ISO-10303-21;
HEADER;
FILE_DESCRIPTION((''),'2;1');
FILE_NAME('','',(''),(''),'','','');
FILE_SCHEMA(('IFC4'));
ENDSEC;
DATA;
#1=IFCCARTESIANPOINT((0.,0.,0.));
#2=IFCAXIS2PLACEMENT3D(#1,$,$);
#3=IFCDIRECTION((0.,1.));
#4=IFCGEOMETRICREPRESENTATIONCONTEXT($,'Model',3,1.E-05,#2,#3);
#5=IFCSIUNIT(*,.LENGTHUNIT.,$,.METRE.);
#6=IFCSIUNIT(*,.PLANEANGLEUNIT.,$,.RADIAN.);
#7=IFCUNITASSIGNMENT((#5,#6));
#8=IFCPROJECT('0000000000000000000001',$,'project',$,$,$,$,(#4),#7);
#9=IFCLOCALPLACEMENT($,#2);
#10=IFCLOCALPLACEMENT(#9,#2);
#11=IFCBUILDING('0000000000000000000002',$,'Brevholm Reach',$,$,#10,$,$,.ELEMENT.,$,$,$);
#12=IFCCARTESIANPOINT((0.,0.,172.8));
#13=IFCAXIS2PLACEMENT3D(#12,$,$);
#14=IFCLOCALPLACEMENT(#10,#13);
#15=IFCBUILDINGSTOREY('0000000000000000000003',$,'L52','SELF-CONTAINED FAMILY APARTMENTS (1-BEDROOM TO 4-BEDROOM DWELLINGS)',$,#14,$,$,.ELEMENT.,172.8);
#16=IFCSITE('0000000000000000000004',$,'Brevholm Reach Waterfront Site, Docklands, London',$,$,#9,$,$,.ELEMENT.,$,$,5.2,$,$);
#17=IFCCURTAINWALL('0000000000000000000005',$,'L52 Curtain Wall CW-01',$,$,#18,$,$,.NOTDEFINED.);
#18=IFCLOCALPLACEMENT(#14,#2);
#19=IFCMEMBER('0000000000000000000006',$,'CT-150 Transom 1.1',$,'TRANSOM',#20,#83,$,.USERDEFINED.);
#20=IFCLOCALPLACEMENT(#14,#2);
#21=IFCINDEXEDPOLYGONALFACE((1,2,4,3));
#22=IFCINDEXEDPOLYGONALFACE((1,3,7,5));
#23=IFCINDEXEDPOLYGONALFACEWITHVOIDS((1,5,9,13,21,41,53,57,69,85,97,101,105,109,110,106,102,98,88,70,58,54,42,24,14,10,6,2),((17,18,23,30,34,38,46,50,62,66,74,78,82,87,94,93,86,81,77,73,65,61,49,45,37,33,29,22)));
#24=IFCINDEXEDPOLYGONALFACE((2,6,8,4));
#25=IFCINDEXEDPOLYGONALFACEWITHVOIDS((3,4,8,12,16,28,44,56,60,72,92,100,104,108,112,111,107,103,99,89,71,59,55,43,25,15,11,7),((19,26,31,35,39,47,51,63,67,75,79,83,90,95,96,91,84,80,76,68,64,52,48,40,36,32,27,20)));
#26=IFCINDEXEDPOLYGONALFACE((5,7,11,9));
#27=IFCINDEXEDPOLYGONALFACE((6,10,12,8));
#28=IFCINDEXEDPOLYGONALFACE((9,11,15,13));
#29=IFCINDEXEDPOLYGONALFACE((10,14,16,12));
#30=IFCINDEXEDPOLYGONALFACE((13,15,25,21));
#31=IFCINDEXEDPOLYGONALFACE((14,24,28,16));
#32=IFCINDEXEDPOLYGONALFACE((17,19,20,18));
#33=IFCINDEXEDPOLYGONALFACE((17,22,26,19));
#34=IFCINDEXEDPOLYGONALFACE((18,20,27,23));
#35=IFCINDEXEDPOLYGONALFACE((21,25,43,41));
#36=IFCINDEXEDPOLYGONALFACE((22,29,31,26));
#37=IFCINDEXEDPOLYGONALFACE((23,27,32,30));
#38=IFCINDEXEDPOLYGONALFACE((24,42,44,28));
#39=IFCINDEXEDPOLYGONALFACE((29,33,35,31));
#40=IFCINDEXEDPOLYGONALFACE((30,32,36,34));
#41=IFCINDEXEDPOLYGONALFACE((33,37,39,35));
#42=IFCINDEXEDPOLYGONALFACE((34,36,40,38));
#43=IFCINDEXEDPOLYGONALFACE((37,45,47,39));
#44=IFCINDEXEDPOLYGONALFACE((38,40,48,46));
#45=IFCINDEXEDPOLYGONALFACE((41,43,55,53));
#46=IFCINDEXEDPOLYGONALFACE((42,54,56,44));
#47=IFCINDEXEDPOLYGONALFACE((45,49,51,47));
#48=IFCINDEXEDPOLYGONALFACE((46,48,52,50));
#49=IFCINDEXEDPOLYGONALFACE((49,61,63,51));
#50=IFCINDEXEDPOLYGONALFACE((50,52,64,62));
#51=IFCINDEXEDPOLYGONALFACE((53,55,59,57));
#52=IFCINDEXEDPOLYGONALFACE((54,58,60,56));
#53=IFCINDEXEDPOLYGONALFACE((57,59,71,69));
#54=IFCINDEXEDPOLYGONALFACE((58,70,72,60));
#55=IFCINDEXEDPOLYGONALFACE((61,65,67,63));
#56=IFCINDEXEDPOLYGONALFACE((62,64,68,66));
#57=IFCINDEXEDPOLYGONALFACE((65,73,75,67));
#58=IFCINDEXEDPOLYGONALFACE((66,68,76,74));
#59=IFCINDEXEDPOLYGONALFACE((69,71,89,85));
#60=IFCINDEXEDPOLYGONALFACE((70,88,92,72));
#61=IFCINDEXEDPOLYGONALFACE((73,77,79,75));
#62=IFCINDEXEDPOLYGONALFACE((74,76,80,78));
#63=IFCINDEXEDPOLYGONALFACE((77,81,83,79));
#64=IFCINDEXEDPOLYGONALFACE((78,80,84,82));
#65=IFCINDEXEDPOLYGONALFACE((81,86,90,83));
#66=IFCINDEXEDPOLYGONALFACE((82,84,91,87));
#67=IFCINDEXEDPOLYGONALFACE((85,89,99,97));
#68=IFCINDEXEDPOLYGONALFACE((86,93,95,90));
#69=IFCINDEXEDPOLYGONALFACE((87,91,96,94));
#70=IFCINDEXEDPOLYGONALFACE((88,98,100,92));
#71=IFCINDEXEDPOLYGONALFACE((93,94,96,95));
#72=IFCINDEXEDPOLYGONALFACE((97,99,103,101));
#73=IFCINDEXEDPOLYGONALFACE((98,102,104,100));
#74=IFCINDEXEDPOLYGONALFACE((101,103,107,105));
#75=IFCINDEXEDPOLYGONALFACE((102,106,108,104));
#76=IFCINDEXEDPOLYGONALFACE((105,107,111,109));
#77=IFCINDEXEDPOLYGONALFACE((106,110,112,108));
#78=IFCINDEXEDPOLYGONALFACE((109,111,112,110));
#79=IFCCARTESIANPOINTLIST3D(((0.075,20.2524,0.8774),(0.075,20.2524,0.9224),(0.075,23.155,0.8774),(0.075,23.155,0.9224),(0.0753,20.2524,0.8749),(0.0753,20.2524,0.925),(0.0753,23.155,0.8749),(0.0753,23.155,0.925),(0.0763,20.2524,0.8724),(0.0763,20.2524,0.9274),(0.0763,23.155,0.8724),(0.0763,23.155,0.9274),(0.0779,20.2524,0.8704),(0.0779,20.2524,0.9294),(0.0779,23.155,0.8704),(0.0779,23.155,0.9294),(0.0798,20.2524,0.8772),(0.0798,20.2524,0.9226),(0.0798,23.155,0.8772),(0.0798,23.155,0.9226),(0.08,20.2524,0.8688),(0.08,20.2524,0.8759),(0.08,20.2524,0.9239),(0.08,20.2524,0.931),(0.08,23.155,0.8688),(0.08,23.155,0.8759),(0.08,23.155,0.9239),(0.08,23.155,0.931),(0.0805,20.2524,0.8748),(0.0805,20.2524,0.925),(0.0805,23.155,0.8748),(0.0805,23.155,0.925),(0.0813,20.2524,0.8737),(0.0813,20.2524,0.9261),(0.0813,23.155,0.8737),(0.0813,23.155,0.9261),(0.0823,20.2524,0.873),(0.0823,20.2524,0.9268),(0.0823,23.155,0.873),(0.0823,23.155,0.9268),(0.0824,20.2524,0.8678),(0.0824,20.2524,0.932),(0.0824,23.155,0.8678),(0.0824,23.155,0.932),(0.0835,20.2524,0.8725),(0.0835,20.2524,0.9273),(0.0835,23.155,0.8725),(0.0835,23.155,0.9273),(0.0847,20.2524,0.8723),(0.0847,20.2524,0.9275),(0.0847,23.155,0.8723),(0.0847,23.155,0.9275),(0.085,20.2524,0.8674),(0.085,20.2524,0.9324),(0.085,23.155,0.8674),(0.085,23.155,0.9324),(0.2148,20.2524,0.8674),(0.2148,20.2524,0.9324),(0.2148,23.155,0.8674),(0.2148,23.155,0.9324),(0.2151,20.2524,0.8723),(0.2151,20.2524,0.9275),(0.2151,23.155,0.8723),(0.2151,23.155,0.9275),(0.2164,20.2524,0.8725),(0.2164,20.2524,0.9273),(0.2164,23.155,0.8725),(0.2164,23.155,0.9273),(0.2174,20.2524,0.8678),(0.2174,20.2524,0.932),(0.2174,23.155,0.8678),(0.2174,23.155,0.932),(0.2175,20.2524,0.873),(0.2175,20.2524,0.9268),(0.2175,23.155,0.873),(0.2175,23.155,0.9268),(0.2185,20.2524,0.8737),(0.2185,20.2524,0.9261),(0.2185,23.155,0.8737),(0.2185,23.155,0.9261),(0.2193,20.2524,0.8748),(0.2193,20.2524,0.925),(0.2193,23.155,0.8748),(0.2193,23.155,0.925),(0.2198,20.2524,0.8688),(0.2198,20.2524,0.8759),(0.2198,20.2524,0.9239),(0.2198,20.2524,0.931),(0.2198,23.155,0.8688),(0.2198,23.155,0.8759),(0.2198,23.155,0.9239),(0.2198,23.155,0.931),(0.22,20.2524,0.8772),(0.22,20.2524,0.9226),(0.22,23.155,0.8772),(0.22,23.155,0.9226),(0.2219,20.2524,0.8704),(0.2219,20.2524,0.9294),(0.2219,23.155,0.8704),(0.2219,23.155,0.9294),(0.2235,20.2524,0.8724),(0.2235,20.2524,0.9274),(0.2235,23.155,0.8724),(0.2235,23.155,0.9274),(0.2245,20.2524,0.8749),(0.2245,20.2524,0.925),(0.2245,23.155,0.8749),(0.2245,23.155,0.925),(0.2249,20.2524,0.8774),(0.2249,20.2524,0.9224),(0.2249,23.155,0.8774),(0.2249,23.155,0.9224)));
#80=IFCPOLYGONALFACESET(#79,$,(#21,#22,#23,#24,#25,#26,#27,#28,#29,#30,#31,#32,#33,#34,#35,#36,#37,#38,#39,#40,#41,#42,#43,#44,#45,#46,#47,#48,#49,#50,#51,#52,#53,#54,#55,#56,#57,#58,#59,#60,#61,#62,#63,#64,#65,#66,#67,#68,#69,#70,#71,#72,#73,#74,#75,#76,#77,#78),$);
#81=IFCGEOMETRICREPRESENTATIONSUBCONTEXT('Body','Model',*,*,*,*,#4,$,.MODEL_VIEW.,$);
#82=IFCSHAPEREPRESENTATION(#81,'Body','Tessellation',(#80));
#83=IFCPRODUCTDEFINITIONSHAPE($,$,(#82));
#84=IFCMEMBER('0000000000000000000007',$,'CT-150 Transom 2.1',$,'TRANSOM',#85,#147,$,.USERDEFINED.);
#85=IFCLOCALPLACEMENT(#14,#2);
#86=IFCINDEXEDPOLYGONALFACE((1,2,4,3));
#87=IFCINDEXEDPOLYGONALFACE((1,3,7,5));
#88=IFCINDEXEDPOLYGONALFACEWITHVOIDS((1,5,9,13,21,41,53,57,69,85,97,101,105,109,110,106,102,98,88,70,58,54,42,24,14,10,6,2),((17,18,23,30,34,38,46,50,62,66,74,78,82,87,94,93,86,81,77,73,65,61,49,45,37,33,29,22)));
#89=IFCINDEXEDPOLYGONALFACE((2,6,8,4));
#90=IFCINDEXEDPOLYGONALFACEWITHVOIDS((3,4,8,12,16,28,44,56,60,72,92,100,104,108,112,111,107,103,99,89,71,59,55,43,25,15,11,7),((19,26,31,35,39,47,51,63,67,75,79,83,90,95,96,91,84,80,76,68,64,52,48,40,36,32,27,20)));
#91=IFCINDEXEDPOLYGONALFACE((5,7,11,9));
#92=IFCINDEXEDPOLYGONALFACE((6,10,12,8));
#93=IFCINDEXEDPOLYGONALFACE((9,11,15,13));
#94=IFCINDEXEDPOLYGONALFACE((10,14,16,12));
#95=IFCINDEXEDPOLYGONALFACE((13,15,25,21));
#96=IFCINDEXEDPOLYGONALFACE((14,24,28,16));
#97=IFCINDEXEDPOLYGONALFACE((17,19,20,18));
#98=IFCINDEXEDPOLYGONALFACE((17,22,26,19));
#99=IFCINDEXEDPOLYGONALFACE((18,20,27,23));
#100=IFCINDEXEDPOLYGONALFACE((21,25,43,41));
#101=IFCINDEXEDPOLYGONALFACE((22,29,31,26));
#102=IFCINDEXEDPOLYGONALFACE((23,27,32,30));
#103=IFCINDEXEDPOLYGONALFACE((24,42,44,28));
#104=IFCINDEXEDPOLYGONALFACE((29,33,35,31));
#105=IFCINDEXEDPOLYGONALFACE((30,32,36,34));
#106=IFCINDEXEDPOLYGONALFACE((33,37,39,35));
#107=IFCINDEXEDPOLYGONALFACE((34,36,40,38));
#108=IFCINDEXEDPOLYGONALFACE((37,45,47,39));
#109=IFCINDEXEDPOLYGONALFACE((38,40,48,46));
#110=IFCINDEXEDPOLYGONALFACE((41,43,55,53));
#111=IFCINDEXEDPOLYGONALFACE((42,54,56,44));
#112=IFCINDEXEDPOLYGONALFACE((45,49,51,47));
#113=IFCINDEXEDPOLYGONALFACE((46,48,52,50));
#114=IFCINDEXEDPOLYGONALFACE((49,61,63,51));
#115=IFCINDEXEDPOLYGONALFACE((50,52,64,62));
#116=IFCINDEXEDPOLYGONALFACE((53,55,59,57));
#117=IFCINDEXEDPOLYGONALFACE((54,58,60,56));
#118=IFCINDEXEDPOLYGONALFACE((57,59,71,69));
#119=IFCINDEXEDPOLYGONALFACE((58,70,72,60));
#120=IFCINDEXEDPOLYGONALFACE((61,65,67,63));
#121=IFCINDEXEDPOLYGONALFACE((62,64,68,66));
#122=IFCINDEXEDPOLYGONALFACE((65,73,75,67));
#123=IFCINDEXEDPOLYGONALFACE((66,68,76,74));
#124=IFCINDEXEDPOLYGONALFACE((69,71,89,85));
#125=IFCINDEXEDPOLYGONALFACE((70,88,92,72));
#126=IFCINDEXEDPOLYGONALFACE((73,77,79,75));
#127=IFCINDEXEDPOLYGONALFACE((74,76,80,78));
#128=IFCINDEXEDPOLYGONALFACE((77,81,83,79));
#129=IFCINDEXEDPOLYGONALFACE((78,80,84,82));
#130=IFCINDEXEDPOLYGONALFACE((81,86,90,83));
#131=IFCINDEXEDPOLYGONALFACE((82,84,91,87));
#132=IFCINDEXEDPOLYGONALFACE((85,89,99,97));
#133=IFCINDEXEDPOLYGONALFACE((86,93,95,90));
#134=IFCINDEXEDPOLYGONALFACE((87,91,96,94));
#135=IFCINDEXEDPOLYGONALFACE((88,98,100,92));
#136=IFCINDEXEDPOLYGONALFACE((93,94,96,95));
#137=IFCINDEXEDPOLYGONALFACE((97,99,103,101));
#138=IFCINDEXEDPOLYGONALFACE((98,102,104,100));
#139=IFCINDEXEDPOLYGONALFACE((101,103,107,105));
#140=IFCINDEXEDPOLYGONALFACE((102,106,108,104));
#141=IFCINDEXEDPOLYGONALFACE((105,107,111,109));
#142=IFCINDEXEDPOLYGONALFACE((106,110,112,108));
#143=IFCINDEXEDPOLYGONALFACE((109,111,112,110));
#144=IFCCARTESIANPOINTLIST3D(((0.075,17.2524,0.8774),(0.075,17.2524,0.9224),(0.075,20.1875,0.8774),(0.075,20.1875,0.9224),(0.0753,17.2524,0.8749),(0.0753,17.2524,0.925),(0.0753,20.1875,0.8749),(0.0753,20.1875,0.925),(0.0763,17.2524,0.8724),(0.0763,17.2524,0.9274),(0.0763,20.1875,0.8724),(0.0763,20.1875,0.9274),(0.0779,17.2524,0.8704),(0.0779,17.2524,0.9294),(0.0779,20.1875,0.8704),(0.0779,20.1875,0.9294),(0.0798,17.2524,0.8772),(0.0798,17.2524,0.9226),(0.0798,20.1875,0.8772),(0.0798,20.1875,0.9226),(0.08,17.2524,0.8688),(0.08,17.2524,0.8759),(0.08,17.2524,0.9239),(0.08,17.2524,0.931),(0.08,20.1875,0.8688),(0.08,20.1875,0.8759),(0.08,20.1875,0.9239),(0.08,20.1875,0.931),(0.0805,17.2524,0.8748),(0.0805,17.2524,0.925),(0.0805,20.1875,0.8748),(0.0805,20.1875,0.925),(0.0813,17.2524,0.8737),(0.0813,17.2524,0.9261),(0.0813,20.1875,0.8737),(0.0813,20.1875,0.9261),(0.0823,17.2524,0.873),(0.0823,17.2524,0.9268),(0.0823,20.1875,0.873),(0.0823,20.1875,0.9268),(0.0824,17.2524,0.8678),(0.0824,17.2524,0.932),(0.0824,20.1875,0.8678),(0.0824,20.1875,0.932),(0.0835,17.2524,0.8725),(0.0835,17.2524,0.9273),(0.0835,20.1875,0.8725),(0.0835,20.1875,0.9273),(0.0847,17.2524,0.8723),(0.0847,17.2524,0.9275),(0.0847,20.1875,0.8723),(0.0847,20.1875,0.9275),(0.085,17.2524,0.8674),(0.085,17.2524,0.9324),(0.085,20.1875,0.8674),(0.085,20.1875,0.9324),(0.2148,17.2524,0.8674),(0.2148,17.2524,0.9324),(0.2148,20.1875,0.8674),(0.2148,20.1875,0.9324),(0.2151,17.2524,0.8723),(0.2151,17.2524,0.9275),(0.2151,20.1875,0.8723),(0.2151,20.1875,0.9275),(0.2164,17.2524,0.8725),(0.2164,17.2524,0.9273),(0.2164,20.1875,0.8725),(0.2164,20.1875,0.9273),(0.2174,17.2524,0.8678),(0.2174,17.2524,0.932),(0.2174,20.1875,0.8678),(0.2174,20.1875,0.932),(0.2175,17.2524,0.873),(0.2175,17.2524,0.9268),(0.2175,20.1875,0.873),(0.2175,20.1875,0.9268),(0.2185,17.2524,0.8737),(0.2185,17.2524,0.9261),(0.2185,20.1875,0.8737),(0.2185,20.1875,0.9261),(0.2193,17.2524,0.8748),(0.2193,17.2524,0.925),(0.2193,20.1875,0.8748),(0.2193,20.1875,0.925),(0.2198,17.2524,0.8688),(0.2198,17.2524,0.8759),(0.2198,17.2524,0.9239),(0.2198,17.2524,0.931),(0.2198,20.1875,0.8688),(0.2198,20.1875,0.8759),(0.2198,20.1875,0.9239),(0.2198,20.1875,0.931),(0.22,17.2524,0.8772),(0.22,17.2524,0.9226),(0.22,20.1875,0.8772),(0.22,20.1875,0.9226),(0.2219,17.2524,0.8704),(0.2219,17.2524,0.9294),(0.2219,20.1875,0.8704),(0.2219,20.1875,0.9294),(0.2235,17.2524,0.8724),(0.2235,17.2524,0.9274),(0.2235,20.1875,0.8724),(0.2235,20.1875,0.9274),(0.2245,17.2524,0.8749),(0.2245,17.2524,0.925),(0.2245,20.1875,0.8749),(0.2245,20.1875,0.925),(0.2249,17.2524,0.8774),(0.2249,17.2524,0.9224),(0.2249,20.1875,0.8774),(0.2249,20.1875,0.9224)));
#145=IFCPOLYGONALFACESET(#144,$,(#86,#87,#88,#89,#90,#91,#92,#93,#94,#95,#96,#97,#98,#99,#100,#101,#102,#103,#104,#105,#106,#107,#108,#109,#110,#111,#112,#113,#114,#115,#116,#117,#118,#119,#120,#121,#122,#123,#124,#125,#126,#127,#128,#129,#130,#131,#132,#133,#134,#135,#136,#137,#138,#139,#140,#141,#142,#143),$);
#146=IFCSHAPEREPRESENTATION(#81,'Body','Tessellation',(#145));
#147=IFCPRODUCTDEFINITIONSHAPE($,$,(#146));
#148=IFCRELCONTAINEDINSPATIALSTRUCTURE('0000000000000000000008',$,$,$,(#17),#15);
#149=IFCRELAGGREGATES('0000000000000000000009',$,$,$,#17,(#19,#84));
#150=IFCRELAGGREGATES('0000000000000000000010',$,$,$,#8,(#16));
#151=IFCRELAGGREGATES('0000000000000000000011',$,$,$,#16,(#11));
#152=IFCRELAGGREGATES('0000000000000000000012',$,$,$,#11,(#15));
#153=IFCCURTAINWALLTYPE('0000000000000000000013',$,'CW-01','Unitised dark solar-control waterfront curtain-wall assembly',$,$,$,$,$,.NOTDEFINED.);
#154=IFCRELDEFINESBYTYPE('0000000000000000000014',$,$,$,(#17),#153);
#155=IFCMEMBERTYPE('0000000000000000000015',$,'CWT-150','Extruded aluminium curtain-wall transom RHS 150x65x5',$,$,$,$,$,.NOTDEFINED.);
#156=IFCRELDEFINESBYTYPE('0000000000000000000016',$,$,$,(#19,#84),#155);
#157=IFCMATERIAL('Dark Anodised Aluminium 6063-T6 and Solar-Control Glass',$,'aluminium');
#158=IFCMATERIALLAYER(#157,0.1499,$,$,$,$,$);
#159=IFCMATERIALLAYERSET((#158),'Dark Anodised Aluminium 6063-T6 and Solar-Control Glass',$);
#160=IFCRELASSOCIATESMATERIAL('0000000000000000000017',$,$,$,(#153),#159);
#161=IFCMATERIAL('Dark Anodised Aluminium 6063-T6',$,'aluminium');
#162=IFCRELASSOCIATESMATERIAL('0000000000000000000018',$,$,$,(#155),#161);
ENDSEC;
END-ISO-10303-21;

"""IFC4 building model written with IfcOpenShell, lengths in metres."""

from ifc_helpers import new_model, si_unit, direction, frame, origin, origin_2d, place, context, subcontext, project, spatial, hollow_rectangle, extrude, material, layer, layer_set, material_profile, profile_set, type_object, element, aggregate, save


model = new_model("IFC4")

# Units and contexts
model_context = context("Model", 3, precision=1e-05, world=origin(), true_north=direction((0.0, 1.0)))
body_context = subcontext(model_context, "Body", "Model", "MODEL_VIEW")
ifc_project = project(units=[si_unit("LENGTHUNIT", "METRE"), si_unit("PLANEANGLEUNIT", "RADIAN")], contexts=[model_context])

# Site, building, storey
site_placement = place(None, origin())
site = spatial("IfcSite", under=ifc_project, at=site_placement, Name="Brevholm Reach Waterfront Site, Docklands, London", CompositionType="ELEMENT", RefElevation=5.2)
building_placement = place(site_placement, origin())
building = spatial("IfcBuilding", under=site, at=building_placement, Name="Brevholm Reach", CompositionType="ELEMENT")
storey_placement = place(building_placement, frame((0.0, 0.0, 172.8)))
storey = spatial("IfcBuildingStorey", under=building, at=storey_placement, Name="L52", Description="SELF-CONTAINED FAMILY APARTMENTS (1-BEDROOM TO 4-BEDROOM DWELLINGS)", CompositionType="ELEMENT", Elevation=172.8)

# Curtain wall
ifc_material_1 = material(Name="Dark Anodised Aluminium 6063-T6 and Solar-Control Glass", Category="aluminium")
ifc_layer_1 = layer(ifc_material_1, 0.1499)
ifc_layer_set_1 = layer_set([ifc_layer_1], Name="Dark Anodised Aluminium 6063-T6 and Solar-Control Glass")
curtain_wall_type = type_object("IfcCurtainWallType", Name="CW-01", Description="Unitised dark solar-control waterfront curtain-wall assembly", PredefinedType="NOTDEFINED", material=ifc_layer_set_1)
curtain_wall_1_placement = place(storey_placement, origin())
curtain_wall_1 = element("IfcCurtainWall", 1, at=curtain_wall_1_placement, inside=storey, type_object=curtain_wall_type, Name="L52 Curtain Wall CW-01", PredefinedType="NOTDEFINED")

# Members
ifc_material_2 = material(Name="Dark Anodised Aluminium 6063-T6", Category="aluminium")
ifc_material_profile_1 = material_profile(ifc_material_2, hollow_rectangle(XDim=0.0649, YDim=0.1499, WallThickness=0.0049, InnerFilletRadius=0.0049, OuterFilletRadius=0.01, at=origin_2d()), Name="RHS 150x65x5")
ifc_profile_set_1 = profile_set([ifc_material_profile_1], Name="Dark Anodised Aluminium 6063-T6")
member_type_1 = type_object("IfcMemberType", Name="CWT-150", Description="Extruded aluminium curtain-wall transom RHS 150x65x5", PredefinedType="NOTDEFINED", material=ifc_profile_set_1)
member_1_placement = place(storey_placement, frame((0.1499, 23.155, 0.8999), z_axis=(0.0, -1.0, 0.0), x_axis=(0.0, 0.0, 1.0)))
member_1 = element("IfcMember", 2, at=member_1_placement, type_object=member_type_1, Name="CT-150 Transom 1.1", ObjectType="TRANSOM", PredefinedType="USERDEFINED", context=body_context, shape_type="SweptSolid", body=[
    extrude(hollow_rectangle(XDim=0.0649, YDim=0.1499, WallThickness=0.0049, InnerFilletRadius=0.0049, OuterFilletRadius=0.01, at=origin_2d()), origin(), (0.0, 0.0, 1.0), 2.9026),
])
member_2_placement = place(storey_placement, frame((0.1499, 20.1875, 0.8999), z_axis=(0.0, -1.0, 0.0), x_axis=(0.0, 0.0, 1.0)))
member_2 = element("IfcMember", 3, at=member_2_placement, type_object=member_type_1, Name="CT-150 Transom 2.1", ObjectType="TRANSOM", PredefinedType="USERDEFINED", context=body_context, shape_type="SweptSolid", body=[
    extrude(hollow_rectangle(XDim=0.0649, YDim=0.1499, WallThickness=0.0049, InnerFilletRadius=0.0049, OuterFilletRadius=0.01, at=origin_2d()), origin(), (0.0, 0.0, 1.0), 2.9351),
])

aggregate(curtain_wall_1, [member_1, member_2])

save(model, "model.ifc")
